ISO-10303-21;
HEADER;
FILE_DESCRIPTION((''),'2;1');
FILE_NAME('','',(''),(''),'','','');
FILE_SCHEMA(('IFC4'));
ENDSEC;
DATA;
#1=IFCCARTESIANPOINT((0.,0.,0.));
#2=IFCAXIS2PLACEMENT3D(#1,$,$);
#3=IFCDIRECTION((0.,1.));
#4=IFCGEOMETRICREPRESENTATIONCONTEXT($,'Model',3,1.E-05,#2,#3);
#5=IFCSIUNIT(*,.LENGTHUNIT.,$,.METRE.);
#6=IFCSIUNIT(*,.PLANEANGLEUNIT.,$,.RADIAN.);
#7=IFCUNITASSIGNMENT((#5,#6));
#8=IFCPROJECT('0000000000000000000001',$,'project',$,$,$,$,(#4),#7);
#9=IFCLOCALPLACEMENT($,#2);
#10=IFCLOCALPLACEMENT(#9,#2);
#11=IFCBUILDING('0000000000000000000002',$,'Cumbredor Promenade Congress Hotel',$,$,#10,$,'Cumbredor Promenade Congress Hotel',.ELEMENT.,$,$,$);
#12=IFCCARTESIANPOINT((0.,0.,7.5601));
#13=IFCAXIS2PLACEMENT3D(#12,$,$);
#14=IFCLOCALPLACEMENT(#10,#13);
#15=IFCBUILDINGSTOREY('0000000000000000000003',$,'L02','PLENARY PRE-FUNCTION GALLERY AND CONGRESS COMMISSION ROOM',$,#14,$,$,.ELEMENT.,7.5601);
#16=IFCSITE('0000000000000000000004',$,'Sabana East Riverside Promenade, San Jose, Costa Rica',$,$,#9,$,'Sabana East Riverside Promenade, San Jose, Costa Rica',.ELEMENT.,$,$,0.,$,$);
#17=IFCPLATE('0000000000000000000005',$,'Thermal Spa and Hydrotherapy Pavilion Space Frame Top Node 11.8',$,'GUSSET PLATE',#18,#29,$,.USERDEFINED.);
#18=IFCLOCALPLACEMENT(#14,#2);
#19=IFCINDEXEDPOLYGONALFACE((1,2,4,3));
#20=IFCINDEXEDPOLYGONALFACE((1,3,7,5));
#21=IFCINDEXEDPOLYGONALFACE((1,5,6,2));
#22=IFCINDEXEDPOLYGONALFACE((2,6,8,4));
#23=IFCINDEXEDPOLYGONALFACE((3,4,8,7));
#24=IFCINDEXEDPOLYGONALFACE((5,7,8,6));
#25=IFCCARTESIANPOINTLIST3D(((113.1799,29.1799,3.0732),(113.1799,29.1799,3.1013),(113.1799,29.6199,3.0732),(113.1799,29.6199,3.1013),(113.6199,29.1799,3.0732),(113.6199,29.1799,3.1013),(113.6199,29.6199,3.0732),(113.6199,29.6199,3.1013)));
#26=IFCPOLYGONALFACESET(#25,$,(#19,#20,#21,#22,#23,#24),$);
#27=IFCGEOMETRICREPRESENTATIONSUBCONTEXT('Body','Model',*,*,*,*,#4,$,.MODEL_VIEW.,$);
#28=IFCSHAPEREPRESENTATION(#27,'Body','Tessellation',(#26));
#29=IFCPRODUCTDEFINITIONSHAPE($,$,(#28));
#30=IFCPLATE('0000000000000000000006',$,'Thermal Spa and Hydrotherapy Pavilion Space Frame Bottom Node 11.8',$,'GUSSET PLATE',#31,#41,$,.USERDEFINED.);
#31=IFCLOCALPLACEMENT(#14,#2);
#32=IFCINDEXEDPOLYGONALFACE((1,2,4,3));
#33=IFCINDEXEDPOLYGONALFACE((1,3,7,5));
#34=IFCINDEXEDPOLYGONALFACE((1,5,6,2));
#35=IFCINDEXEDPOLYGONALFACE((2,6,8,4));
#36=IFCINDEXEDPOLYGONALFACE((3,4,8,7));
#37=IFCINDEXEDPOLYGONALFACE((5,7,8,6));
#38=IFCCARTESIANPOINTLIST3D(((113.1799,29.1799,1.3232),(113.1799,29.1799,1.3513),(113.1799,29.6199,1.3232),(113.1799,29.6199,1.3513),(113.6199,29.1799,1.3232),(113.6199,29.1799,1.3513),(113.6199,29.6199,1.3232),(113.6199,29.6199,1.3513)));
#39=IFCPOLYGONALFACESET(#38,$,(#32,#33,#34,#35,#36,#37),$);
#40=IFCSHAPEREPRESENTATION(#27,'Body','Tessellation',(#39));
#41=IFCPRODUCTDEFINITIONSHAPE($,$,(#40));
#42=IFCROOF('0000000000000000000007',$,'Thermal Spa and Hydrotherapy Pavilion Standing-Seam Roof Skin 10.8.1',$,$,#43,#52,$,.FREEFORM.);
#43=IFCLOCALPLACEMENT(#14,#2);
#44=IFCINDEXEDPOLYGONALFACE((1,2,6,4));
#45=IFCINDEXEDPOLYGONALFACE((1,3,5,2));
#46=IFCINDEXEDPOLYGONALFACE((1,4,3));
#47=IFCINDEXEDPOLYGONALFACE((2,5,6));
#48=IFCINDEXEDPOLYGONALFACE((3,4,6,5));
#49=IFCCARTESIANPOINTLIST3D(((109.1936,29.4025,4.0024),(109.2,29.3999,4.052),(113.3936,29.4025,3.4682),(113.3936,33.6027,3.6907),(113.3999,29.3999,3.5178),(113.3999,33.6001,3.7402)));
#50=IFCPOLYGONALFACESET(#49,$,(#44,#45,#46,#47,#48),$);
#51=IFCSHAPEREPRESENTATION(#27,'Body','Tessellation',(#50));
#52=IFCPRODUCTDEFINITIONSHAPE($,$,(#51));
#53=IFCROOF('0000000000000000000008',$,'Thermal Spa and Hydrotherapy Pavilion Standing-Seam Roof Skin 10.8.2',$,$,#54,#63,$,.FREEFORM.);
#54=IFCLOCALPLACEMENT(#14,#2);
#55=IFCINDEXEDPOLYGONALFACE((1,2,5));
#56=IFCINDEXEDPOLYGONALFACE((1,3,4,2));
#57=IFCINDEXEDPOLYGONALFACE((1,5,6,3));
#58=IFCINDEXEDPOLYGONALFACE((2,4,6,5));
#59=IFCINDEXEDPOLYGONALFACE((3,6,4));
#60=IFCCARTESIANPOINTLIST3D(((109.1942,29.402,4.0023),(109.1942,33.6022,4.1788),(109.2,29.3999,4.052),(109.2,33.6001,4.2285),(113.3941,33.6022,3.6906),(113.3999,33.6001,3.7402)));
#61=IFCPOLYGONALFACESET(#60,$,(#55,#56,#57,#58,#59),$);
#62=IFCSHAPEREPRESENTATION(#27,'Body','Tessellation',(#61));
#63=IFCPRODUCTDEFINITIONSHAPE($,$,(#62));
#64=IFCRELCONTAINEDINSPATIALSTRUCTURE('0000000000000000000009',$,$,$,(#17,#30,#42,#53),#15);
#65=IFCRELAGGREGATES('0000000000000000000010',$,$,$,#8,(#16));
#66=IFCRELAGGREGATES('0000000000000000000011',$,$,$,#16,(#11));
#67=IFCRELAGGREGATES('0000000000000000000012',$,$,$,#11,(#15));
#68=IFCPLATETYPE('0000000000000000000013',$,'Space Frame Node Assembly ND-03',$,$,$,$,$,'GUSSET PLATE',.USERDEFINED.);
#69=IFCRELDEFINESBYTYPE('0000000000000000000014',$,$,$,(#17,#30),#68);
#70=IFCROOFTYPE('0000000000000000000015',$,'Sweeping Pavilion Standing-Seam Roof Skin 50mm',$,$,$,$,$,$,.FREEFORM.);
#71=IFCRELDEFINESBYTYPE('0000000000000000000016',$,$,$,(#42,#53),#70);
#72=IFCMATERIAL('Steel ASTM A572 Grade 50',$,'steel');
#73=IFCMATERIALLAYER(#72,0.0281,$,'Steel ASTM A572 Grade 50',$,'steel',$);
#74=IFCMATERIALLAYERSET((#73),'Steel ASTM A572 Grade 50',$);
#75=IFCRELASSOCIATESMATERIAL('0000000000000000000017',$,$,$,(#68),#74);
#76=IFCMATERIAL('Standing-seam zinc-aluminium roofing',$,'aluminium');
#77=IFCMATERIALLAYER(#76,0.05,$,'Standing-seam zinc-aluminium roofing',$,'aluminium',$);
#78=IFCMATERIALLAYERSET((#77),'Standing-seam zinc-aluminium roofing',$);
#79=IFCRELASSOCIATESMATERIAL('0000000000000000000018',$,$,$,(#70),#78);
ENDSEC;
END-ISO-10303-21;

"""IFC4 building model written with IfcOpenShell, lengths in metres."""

from ifc_helpers import new_model, si_unit, direction, frame, origin, origin_2d, place, context, subcontext, project, spatial, polyline, rectangle, outline, extrude, material, layer, layer_set, type_object, element, save


model = new_model("IFC4")

# Units and contexts
model_context = context("Model", 3, precision=1e-05, world=origin(), true_north=direction((0.0, 1.0)))
body_context = subcontext(model_context, "Body", "Model", "MODEL_VIEW")
ifc_project = project(units=[si_unit("LENGTHUNIT", "METRE"), si_unit("PLANEANGLEUNIT", "RADIAN")], contexts=[model_context])

# Site, building, storey
site_placement = place(None, origin())
site = spatial("IfcSite", under=ifc_project, at=site_placement, Name="Sabana East Riverside Promenade, San Jose, Costa Rica", LongName="Sabana East Riverside Promenade, San Jose, Costa Rica", CompositionType="ELEMENT", RefElevation=0.0)
building_placement = place(site_placement, origin())
building = spatial("IfcBuilding", under=site, at=building_placement, Name="Cumbredor Promenade Congress Hotel", LongName="Cumbredor Promenade Congress Hotel", CompositionType="ELEMENT")
storey_placement = place(building_placement, frame((0.0, 0.0, 7.5601)))
storey = spatial("IfcBuildingStorey", under=building, at=storey_placement, Name="L02", Description="PLENARY PRE-FUNCTION GALLERY AND CONGRESS COMMISSION ROOM", CompositionType="ELEMENT", Elevation=7.5601)

# Plates
ifc_material_1 = material(Name="Steel ASTM A572 Grade 50", Category="steel")
ifc_layer_1 = layer(ifc_material_1, 0.0281, Name="Steel ASTM A572 Grade 50", Category="steel")
ifc_layer_set_1 = layer_set([ifc_layer_1], Name="Steel ASTM A572 Grade 50")
plate_type_1 = type_object("IfcPlateType", Name="Space Frame Node Assembly ND-03", ElementType="GUSSET PLATE", PredefinedType="USERDEFINED", material=ifc_layer_set_1)
for number, where, z_axis, x_axis, name in (
    (1, (113.3999, 29.3999, 3.0732), (0.0, 0.0, 1.0), (1.0, 0.0, 0.0), "Thermal Spa and Hydrotherapy Pavilion Space Frame Top Node 11.8"),
    (2, (113.3999, 29.3999, 1.3232), (0.0, 0.0, 1.0), (1.0, 0.0, 0.0), "Thermal Spa and Hydrotherapy Pavilion Space Frame Bottom Node 11.8"),
):
    element("IfcPlate", number, at=place(storey_placement, frame(where, z_axis=z_axis, x_axis=x_axis)), inside=storey, type_object=plate_type_1, Name=name, ObjectType="GUSSET PLATE", PredefinedType="USERDEFINED", context=body_context, shape_type="SweptSolid", body=[
        extrude(rectangle(XDim=0.4399, YDim=0.4399, at=origin_2d()), origin(), (0.0, 0.0, 1.0), 0.0281),
    ])

# Roofs
ifc_material_2 = material(Name="Standing-seam zinc-aluminium roofing", Category="aluminium")
ifc_layer_2 = layer(ifc_material_2, 0.05, Name="Standing-seam zinc-aluminium roofing", Category="aluminium")
ifc_layer_set_2 = layer_set([ifc_layer_2], Name="Standing-seam zinc-aluminium roofing")
roof_type = type_object("IfcRoofType", Name="Sweeping Pavilion Standing-Seam Roof Skin 50mm", PredefinedType="FREEFORM", material=ifc_layer_set_2)
roof_1_placement = place(storey_placement, frame((109.2, 29.3999, 4.052), z_axis=(0.125997, -0.052457, 0.990643), x_axis=(0.992009, 0.0, -0.126171)))
element("IfcRoof", 3, at=roof_1_placement, inside=storey, type_object=roof_type, Name="Thermal Spa and Hydrotherapy Pavilion Standing-Seam Roof Skin 10.8.1", PredefinedType="FREEFORM", context=body_context, shape_type="SweptSolid", body=[
    extrude(outline(polyline([(0.0, 0.0), (4.2338, 0.0), (4.2057, 4.206), (0.0, 0.0)])), origin(), (0.0, 0.0, -1.0), 0.05),
])
roof_2_placement = place(storey_placement, frame((109.2, 29.3999, 4.052), z_axis=(0.115381, -0.041708, 0.992445), x_axis=(0.706114, 0.706155, -0.052416)))
element("IfcRoof", 4, at=roof_2_placement, inside=storey, type_object=roof_type, Name="Thermal Spa and Hydrotherapy Pavilion Standing-Seam Roof Skin 10.8.2", PredefinedType="FREEFORM", context=body_context, shape_type="SweptSolid", body=[
    extrude(outline(polyline([(0.0, 0.0), (5.948, 0.0), (2.9567, 2.9884), (0.0, 0.0)])), origin(), (0.0, 0.0, -1.0), 0.05),
])

save(model, "model.ifc")
